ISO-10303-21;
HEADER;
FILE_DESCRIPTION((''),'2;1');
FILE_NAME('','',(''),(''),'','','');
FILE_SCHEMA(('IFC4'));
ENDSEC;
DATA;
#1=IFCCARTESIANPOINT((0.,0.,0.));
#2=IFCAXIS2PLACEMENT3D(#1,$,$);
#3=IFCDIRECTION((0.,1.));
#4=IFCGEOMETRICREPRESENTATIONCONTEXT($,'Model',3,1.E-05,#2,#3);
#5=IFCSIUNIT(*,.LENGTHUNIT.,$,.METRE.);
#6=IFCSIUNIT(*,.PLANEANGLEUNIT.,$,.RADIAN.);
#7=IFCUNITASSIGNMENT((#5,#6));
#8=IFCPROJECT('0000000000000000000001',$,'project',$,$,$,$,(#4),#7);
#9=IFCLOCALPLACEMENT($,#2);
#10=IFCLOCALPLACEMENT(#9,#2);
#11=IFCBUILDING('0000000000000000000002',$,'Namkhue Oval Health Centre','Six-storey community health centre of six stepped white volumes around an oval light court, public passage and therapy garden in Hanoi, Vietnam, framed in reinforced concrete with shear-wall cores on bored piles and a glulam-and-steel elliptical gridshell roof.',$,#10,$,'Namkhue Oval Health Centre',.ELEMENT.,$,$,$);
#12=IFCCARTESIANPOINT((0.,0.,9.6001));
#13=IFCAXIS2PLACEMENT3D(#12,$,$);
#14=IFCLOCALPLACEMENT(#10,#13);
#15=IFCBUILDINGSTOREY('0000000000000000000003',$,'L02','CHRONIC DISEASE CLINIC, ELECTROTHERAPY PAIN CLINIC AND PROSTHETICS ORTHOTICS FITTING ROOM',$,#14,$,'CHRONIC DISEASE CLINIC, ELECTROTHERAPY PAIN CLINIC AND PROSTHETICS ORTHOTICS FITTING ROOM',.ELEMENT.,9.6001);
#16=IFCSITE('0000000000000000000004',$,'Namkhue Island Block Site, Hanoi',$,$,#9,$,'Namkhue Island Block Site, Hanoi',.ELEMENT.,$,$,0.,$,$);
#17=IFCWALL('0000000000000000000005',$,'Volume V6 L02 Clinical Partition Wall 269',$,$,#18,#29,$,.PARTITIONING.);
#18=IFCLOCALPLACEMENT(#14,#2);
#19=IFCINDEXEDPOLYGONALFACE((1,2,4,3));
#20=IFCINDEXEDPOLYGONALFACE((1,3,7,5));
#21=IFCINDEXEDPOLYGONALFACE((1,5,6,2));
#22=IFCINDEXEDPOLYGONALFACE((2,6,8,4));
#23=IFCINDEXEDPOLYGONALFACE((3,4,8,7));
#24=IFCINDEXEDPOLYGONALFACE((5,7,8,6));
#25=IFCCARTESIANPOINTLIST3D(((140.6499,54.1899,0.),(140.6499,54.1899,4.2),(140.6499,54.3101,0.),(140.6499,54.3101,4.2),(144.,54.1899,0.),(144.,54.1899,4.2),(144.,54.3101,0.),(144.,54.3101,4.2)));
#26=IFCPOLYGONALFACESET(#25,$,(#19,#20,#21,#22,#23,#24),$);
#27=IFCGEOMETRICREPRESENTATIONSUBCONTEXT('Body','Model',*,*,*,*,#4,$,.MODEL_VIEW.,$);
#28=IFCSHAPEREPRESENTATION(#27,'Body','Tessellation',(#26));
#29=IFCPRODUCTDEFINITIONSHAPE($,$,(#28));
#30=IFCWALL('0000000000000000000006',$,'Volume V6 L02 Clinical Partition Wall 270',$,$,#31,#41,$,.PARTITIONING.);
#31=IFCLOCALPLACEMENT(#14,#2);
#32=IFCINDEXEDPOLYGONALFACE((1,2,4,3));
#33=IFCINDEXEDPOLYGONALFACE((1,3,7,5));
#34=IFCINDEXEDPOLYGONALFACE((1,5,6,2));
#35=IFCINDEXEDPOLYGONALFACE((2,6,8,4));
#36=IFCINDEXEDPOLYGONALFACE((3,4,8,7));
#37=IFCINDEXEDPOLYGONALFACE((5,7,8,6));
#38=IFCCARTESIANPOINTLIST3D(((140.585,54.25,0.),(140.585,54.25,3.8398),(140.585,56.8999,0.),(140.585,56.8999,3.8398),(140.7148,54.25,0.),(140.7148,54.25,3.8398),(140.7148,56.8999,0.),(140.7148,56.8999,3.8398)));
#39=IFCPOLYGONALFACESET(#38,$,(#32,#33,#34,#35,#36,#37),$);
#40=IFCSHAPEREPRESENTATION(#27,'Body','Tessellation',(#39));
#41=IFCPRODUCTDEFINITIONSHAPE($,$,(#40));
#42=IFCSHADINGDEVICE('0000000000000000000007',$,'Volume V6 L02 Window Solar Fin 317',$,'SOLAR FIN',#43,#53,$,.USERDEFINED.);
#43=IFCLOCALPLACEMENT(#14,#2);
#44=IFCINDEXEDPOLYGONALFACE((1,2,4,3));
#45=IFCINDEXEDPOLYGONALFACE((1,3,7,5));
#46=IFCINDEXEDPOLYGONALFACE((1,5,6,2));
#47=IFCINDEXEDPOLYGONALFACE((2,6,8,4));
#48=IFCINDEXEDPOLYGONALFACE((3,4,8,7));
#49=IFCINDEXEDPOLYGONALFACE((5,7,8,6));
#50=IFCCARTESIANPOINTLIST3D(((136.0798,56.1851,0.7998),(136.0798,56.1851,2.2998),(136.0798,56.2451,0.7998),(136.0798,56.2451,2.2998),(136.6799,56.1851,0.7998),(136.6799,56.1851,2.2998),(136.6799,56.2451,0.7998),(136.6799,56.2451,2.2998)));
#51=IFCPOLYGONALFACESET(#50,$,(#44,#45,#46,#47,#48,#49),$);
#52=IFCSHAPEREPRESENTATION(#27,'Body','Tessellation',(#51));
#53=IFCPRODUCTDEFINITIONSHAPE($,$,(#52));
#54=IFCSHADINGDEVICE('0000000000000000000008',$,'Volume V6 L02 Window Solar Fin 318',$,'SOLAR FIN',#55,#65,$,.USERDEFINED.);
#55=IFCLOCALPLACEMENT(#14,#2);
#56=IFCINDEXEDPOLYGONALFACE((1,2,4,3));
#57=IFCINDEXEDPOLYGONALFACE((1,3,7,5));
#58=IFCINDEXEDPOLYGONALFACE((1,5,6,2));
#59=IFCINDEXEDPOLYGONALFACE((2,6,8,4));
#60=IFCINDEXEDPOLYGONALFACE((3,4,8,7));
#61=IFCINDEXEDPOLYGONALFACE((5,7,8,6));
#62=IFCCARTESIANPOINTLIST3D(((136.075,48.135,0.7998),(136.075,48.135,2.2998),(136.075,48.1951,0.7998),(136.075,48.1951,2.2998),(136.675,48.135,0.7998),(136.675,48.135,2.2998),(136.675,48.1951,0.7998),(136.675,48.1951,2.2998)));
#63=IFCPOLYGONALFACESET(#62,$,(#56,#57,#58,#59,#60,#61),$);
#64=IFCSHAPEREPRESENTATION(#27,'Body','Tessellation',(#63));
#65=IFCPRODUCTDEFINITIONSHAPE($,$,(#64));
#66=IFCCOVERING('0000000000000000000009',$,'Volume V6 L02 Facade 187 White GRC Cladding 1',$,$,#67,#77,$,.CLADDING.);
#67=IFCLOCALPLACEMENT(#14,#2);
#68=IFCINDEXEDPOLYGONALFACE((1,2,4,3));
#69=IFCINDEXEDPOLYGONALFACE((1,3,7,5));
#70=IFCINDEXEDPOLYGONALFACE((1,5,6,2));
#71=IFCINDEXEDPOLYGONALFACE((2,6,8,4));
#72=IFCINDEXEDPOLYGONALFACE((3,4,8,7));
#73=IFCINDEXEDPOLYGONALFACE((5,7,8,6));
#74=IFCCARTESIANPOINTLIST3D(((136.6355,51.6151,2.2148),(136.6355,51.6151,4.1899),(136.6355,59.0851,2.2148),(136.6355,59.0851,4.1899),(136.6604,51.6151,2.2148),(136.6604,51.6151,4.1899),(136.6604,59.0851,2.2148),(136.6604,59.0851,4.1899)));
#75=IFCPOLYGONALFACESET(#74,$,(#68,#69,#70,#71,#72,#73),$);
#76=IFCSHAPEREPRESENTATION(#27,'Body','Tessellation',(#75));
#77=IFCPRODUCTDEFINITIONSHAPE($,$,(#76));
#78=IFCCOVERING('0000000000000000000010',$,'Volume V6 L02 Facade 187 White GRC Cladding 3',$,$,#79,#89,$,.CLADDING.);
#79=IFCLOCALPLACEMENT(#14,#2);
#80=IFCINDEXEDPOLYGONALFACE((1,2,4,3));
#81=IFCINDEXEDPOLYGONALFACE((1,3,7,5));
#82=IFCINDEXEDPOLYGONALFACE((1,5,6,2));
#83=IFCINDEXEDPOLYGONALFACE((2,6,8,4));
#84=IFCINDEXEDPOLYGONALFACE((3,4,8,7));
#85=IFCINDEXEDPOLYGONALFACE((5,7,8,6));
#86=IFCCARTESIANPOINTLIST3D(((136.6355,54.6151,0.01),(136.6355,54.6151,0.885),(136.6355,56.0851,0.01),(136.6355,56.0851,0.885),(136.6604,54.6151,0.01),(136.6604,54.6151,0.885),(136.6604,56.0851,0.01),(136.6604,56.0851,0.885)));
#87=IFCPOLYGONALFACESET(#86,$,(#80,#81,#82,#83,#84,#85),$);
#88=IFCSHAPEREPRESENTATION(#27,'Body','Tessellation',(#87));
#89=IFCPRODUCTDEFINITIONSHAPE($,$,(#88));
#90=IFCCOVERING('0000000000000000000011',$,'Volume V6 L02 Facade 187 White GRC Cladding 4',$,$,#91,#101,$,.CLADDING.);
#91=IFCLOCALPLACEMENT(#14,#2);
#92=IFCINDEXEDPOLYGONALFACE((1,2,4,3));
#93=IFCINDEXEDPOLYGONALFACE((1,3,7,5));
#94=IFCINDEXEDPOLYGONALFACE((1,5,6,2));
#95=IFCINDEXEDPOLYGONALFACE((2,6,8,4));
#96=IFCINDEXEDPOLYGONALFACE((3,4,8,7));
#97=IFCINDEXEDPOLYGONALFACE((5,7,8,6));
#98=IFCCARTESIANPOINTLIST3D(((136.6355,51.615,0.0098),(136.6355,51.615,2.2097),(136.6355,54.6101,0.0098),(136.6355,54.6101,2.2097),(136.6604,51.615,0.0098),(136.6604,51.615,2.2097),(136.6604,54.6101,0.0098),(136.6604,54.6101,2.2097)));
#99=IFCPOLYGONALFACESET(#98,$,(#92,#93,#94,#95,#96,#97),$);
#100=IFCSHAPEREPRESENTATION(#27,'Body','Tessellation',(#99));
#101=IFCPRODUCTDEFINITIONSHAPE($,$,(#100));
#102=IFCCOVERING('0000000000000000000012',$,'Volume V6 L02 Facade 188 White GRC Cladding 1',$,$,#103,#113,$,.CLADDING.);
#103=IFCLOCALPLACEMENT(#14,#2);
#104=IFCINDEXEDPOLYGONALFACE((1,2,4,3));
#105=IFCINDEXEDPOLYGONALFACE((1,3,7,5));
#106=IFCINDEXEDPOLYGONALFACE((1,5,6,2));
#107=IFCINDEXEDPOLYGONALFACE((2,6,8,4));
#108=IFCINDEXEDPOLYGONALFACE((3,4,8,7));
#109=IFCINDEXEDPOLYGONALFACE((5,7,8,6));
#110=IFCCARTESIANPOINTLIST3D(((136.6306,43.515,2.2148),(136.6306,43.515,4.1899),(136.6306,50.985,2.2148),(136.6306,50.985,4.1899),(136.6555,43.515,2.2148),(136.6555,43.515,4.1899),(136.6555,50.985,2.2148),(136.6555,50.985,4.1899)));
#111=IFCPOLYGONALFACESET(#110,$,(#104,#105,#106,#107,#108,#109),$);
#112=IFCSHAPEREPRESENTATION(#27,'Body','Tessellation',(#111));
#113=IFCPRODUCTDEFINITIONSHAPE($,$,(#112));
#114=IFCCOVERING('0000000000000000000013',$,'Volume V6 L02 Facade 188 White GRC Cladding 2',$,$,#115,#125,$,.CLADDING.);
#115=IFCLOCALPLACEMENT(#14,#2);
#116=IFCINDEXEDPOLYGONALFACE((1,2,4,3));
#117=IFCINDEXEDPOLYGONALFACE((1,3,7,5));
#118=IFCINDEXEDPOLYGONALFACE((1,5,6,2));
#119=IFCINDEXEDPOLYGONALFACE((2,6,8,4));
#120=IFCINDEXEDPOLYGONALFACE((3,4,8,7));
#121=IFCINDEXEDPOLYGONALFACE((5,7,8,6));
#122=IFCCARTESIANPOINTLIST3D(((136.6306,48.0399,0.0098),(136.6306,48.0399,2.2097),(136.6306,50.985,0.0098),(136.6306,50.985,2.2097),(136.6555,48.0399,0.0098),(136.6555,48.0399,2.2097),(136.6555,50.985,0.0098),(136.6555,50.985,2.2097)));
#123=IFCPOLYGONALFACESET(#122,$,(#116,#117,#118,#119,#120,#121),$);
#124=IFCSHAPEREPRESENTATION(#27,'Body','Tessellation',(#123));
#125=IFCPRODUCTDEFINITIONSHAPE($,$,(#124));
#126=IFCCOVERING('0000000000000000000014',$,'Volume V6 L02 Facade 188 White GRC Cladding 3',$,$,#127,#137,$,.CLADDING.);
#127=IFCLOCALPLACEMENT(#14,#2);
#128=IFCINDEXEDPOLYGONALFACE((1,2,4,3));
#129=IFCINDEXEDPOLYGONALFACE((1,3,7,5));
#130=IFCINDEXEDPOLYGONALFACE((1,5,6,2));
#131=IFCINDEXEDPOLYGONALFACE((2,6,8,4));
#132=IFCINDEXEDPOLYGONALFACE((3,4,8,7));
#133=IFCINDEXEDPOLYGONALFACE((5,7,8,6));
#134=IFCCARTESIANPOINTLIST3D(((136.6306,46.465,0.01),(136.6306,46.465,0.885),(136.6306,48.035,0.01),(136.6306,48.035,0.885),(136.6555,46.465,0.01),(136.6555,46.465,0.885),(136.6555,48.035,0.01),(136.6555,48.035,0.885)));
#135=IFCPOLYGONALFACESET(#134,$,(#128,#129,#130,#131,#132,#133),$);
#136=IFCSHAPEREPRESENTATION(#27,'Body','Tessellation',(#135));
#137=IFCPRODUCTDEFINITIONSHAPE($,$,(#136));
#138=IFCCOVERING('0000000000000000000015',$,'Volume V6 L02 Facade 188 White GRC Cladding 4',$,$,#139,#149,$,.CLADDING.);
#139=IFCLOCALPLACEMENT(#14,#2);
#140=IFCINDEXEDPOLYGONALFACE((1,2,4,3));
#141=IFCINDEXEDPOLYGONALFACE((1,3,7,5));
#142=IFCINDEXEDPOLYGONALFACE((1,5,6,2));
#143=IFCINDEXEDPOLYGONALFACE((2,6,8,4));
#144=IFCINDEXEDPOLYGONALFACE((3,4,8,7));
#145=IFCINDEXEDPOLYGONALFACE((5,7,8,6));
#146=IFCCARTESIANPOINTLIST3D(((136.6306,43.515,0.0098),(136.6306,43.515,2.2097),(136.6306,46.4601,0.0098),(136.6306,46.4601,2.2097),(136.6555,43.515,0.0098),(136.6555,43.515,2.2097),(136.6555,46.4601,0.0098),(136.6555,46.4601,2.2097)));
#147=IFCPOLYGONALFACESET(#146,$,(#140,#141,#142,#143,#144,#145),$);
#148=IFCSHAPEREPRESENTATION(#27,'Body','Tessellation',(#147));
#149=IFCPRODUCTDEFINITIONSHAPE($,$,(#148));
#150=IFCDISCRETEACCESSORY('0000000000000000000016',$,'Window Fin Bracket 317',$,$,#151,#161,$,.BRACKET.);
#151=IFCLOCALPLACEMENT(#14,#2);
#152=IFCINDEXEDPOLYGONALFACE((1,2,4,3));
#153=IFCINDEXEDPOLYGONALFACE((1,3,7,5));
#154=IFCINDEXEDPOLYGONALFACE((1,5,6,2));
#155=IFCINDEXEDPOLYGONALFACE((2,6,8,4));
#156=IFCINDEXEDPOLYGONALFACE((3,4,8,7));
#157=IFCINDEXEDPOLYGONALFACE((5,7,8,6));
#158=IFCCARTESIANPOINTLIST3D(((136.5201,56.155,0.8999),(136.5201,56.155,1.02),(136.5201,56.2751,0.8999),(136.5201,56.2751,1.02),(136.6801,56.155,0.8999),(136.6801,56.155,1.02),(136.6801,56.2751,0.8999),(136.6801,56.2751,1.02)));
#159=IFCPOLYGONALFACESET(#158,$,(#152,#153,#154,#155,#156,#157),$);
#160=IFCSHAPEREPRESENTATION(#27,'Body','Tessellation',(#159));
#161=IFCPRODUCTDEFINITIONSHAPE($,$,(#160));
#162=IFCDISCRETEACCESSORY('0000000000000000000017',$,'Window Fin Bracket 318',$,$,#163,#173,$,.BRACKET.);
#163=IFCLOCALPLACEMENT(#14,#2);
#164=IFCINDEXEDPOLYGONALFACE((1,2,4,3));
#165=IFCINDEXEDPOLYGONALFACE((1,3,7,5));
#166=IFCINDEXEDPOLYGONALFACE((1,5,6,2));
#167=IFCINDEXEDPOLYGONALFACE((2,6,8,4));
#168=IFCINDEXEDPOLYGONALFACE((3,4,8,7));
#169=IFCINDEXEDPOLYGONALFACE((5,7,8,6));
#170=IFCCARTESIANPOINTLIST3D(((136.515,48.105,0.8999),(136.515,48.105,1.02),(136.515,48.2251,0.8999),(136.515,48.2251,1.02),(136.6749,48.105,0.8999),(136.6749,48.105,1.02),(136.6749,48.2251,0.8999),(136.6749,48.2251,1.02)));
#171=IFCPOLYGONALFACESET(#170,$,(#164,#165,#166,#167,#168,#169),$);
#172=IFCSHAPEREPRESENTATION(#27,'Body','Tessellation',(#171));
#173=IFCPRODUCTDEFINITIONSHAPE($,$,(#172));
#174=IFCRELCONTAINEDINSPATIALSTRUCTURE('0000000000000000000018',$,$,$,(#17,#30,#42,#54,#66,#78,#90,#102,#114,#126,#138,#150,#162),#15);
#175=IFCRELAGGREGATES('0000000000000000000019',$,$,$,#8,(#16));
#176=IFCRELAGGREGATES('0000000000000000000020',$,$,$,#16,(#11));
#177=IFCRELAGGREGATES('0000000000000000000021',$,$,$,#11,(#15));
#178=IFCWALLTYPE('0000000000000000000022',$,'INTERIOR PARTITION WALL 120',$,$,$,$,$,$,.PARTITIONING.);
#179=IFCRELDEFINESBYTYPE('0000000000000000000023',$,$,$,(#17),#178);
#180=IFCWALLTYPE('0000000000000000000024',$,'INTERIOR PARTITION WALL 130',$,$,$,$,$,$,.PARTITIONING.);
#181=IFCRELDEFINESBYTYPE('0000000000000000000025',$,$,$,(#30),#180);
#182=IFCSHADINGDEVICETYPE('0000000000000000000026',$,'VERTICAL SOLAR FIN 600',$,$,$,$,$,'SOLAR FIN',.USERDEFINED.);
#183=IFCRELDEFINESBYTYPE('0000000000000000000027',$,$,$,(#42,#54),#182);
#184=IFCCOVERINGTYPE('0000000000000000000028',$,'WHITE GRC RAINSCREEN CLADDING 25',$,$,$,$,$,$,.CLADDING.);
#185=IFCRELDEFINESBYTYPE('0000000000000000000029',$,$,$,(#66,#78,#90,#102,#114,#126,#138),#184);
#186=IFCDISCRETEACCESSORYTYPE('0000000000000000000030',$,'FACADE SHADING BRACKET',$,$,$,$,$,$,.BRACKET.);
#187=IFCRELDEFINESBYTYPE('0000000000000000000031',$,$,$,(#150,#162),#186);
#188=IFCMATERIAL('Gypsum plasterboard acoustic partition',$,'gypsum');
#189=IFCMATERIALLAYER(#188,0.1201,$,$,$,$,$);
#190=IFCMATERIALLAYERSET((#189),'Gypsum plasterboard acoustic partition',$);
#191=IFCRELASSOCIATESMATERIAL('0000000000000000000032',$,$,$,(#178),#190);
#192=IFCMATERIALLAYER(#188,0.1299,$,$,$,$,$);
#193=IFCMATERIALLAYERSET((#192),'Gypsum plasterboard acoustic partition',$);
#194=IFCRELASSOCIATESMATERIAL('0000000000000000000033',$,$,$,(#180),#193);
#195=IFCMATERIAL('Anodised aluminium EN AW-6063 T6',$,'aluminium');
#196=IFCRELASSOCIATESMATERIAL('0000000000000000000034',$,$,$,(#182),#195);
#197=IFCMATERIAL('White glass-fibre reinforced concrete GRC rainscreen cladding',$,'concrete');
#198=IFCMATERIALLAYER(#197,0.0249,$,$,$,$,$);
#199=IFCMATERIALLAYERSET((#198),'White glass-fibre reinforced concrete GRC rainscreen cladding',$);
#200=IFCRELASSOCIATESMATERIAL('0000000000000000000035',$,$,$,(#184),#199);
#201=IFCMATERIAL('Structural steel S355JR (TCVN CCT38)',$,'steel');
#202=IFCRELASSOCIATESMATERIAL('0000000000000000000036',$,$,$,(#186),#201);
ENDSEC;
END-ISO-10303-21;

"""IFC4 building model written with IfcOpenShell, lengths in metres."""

from ifc_helpers import new_model, si_unit, direction, frame, frame_2d, origin, origin_2d, place, context, subcontext, project, spatial, rectangle, extrude, material, layer, layer_set, type_object, element, save


model = new_model("IFC4")

# Units and contexts
model_context = context("Model", 3, precision=1e-05, world=origin(), true_north=direction((0.0, 1.0)))
body_context = subcontext(model_context, "Body", "Model", "MODEL_VIEW")
ifc_project = project(units=[si_unit("LENGTHUNIT", "METRE"), si_unit("PLANEANGLEUNIT", "RADIAN")], contexts=[model_context])

# Site, building, storey
site_placement = place(None, origin())
site = spatial("IfcSite", under=ifc_project, at=site_placement, Name="Namkhue Island Block Site, Hanoi", LongName="Namkhue Island Block Site, Hanoi", CompositionType="ELEMENT", RefElevation=0.0)
building_placement = place(site_placement, origin())
building = spatial("IfcBuilding", under=site, at=building_placement, Name="Namkhue Oval Health Centre", Description="Six-storey community health centre of six stepped white volumes around an oval light court, public passage and therapy garden in Hanoi, Vietnam, framed in reinforced concrete with shear-wall cores on bored piles and a glulam-and-steel elliptical gridshell roof.", LongName="Namkhue Oval Health Centre", CompositionType="ELEMENT")
storey_placement = place(building_placement, frame((0.0, 0.0, 9.6001)))
storey = spatial("IfcBuildingStorey", under=building, at=storey_placement, Name="L02", Description="CHRONIC DISEASE CLINIC, ELECTROTHERAPY PAIN CLINIC AND PROSTHETICS ORTHOTICS FITTING ROOM", LongName="CHRONIC DISEASE CLINIC, ELECTROTHERAPY PAIN CLINIC AND PROSTHETICS ORTHOTICS FITTING ROOM", CompositionType="ELEMENT", Elevation=9.6001)

# Walls
ifc_material_1 = material(Name="Gypsum plasterboard acoustic partition", Category="gypsum")
ifc_layer_1 = layer(ifc_material_1, 0.1201)
ifc_layer_set_1 = layer_set([ifc_layer_1], Name="Gypsum plasterboard acoustic partition")
wall_type_1 = type_object("IfcWallType", Name="INTERIOR PARTITION WALL 120", PredefinedType="PARTITIONING", material=ifc_layer_set_1)
wall_1_placement = place(storey_placement, frame((140.6499, 54.25, 0.0), z_axis=(0.0, 0.0, 1.0), x_axis=(1.0, 0.0, 0.0)))
element("IfcWall", 1, at=wall_1_placement, inside=storey, type_object=wall_type_1, Name="Volume V6 L02 Clinical Partition Wall 269", PredefinedType="PARTITIONING", context=body_context, shape_type="SweptSolid", body=[
    extrude(rectangle(XDim=3.3501, YDim=0.1201, at=frame_2d((1.675, 0.0))), origin(), (0.0, 0.0, 1.0), 4.2),
])
ifc_layer_2 = layer(ifc_material_1, 0.1299)
ifc_layer_set_2 = layer_set([ifc_layer_2], Name="Gypsum plasterboard acoustic partition")
wall_type_2 = type_object("IfcWallType", Name="INTERIOR PARTITION WALL 130", PredefinedType="PARTITIONING", material=ifc_layer_set_2)
wall_2_placement = place(storey_placement, frame((140.6499, 54.25, 0.0), z_axis=(0.0, 0.0, 1.0), x_axis=(0.0, 1.0, 0.0)))
element("IfcWall", 2, at=wall_2_placement, inside=storey, type_object=wall_type_2, Name="Volume V6 L02 Clinical Partition Wall 270", PredefinedType="PARTITIONING", context=body_context, shape_type="SweptSolid", body=[
    extrude(rectangle(XDim=2.6499, YDim=0.1299, at=frame_2d((1.325, 0.0))), origin(), (0.0, 0.0, 1.0), 3.8398),
])

# Shading devices
ifc_material_2 = material(Name="Anodised aluminium EN AW-6063 T6", Category="aluminium")
shading_device_type = type_object("IfcShadingDeviceType", Name="VERTICAL SOLAR FIN 600", ElementType="SOLAR FIN", PredefinedType="USERDEFINED", material=ifc_material_2)
for number, where, z_axis, x_axis, name in (
    (3, (136.3799, 56.2151, 0.7998), (0.0, 0.0, 1.0), (-1.0, 0.0, 0.0), "Volume V6 L02 Window Solar Fin 317"),
    (4, (136.375, 48.165, 0.7998), (0.0, 0.0, 1.0), (-1.0, 0.0, 0.0), "Volume V6 L02 Window Solar Fin 318"),
):
    element("IfcShadingDevice", number, at=place(storey_placement, frame(where, z_axis=z_axis, x_axis=x_axis)), inside=storey, type_object=shading_device_type, Name=name, ObjectType="SOLAR FIN", PredefinedType="USERDEFINED", context=body_context, shape_type="SweptSolid", body=[
        extrude(rectangle(XDim=0.6001, YDim=0.0601, at=origin_2d()), origin(), (0.0, 0.0, 1.0), 1.5),
    ])

# Coverings
ifc_material_3 = material(Name="White glass-fibre reinforced concrete GRC rainscreen cladding", Category="concrete")
ifc_layer_3 = layer(ifc_material_3, 0.0249)
ifc_layer_set_3 = layer_set([ifc_layer_3], Name="White glass-fibre reinforced concrete GRC rainscreen cladding")
covering_type = type_object("IfcCoveringType", Name="WHITE GRC RAINSCREEN CLADDING 25", PredefinedType="CLADDING", material=ifc_layer_set_3)
covering_1_placement = place(storey_placement, frame((136.6479, 55.3501, 2.2148), z_axis=(0.0, 0.0, 1.0), x_axis=(0.0, -1.0, 0.0)))
element("IfcCovering", 5, at=covering_1_placement, inside=storey, type_object=covering_type, Name="Volume V6 L02 Facade 187 White GRC Cladding 1", PredefinedType="CLADDING", context=body_context, shape_type="SweptSolid", body=[
    extrude(rectangle(XDim=7.47, YDim=0.0249, at=origin_2d()), origin(), (0.0, 0.0, 1.0), 1.9751),
])
covering_2_placement = place(storey_placement, frame((136.6479, 55.3501, 0.01), z_axis=(0.0, 0.0, 1.0), x_axis=(0.0, -1.0, 0.0)))
element("IfcCovering", 6, at=covering_2_placement, inside=storey, type_object=covering_type, Name="Volume V6 L02 Facade 187 White GRC Cladding 3", PredefinedType="CLADDING", context=body_context, shape_type="SweptSolid", body=[
    extrude(rectangle(XDim=1.47, YDim=0.0249, at=origin_2d()), origin(), (0.0, 0.0, 1.0), 0.875),
])
covering_3_placement = place(storey_placement, frame((136.6479, 53.1125, 0.0098), z_axis=(0.0, 0.0, 1.0), x_axis=(0.0, -1.0, 0.0)))
element("IfcCovering", 7, at=covering_3_placement, inside=storey, type_object=covering_type, Name="Volume V6 L02 Facade 187 White GRC Cladding 4", PredefinedType="CLADDING", context=body_context, shape_type="SweptSolid", body=[
    extrude(rectangle(XDim=2.9951, YDim=0.0249, at=origin_2d()), origin(), (0.0, 0.0, 1.0), 2.2),
])
covering_4_placement = place(storey_placement, frame((136.6431, 47.25, 2.2148), z_axis=(0.0, 0.0, 1.0), x_axis=(0.0, -1.0, 0.0)))
element("IfcCovering", 8, at=covering_4_placement, inside=storey, type_object=covering_type, Name="Volume V6 L02 Facade 188 White GRC Cladding 1", PredefinedType="CLADDING", context=body_context, shape_type="SweptSolid", body=[
    extrude(rectangle(XDim=7.47, YDim=0.0249, at=origin_2d()), origin(), (0.0, 0.0, 1.0), 1.9751),
])
covering_5_placement = place(storey_placement, frame((136.6431, 49.5125, 0.0098), z_axis=(0.0, 0.0, 1.0), x_axis=(0.0, -1.0, 0.0)))
element("IfcCovering", 9, at=covering_5_placement, inside=storey, type_object=covering_type, Name="Volume V6 L02 Facade 188 White GRC Cladding 2", PredefinedType="CLADDING", context=body_context, shape_type="SweptSolid", body=[
    extrude(rectangle(XDim=2.9451, YDim=0.0249, at=origin_2d()), origin(), (0.0, 0.0, 1.0), 2.2),
])
covering_6_placement = place(storey_placement, frame((136.6431, 47.25, 0.01), z_axis=(0.0, 0.0, 1.0), x_axis=(0.0, -1.0, 0.0)))
element("IfcCovering", 10, at=covering_6_placement, inside=storey, type_object=covering_type, Name="Volume V6 L02 Facade 188 White GRC Cladding 3", PredefinedType="CLADDING", context=body_context, shape_type="SweptSolid", body=[
    extrude(rectangle(XDim=1.5701, YDim=0.0249, at=origin_2d()), origin(), (0.0, 0.0, 1.0), 0.875),
])
covering_7_placement = place(storey_placement, frame((136.6431, 44.9875, 0.0098), z_axis=(0.0, 0.0, 1.0), x_axis=(0.0, -1.0, 0.0)))
element("IfcCovering", 11, at=covering_7_placement, inside=storey, type_object=covering_type, Name="Volume V6 L02 Facade 188 White GRC Cladding 4", PredefinedType="CLADDING", context=body_context, shape_type="SweptSolid", body=[
    extrude(rectangle(XDim=2.9451, YDim=0.0249, at=origin_2d()), origin(), (0.0, 0.0, 1.0), 2.2),
])

# Discrete accessories
ifc_material_4 = material(Name="Structural steel S355JR (TCVN CCT38)", Category="steel")
discrete_accessory_type = type_object("IfcDiscreteAccessoryType", Name="FACADE SHADING BRACKET", PredefinedType="BRACKET", material=ifc_material_4)
for number, where, z_axis, x_axis, name in (
    (12, (136.6001, 56.2151, 0.8999), (0.0, 0.0, 1.0), (-1.0, 0.0, 0.0), "Window Fin Bracket 317"),
    (13, (136.595, 48.165, 0.8999), (0.0, 0.0, 1.0), (-1.0, 0.0, 0.0), "Window Fin Bracket 318"),
):
    element("IfcDiscreteAccessory", number, at=place(storey_placement, frame(where, z_axis=z_axis, x_axis=x_axis)), inside=storey, type_object=discrete_accessory_type, Name=name, PredefinedType="BRACKET", context=body_context, shape_type="SweptSolid", body=[
        extrude(rectangle(XDim=0.1599, YDim=0.1201, at=origin_2d()), origin(), (0.0, 0.0, 1.0), 0.1201),
    ])

save(model, "model.ifc")
